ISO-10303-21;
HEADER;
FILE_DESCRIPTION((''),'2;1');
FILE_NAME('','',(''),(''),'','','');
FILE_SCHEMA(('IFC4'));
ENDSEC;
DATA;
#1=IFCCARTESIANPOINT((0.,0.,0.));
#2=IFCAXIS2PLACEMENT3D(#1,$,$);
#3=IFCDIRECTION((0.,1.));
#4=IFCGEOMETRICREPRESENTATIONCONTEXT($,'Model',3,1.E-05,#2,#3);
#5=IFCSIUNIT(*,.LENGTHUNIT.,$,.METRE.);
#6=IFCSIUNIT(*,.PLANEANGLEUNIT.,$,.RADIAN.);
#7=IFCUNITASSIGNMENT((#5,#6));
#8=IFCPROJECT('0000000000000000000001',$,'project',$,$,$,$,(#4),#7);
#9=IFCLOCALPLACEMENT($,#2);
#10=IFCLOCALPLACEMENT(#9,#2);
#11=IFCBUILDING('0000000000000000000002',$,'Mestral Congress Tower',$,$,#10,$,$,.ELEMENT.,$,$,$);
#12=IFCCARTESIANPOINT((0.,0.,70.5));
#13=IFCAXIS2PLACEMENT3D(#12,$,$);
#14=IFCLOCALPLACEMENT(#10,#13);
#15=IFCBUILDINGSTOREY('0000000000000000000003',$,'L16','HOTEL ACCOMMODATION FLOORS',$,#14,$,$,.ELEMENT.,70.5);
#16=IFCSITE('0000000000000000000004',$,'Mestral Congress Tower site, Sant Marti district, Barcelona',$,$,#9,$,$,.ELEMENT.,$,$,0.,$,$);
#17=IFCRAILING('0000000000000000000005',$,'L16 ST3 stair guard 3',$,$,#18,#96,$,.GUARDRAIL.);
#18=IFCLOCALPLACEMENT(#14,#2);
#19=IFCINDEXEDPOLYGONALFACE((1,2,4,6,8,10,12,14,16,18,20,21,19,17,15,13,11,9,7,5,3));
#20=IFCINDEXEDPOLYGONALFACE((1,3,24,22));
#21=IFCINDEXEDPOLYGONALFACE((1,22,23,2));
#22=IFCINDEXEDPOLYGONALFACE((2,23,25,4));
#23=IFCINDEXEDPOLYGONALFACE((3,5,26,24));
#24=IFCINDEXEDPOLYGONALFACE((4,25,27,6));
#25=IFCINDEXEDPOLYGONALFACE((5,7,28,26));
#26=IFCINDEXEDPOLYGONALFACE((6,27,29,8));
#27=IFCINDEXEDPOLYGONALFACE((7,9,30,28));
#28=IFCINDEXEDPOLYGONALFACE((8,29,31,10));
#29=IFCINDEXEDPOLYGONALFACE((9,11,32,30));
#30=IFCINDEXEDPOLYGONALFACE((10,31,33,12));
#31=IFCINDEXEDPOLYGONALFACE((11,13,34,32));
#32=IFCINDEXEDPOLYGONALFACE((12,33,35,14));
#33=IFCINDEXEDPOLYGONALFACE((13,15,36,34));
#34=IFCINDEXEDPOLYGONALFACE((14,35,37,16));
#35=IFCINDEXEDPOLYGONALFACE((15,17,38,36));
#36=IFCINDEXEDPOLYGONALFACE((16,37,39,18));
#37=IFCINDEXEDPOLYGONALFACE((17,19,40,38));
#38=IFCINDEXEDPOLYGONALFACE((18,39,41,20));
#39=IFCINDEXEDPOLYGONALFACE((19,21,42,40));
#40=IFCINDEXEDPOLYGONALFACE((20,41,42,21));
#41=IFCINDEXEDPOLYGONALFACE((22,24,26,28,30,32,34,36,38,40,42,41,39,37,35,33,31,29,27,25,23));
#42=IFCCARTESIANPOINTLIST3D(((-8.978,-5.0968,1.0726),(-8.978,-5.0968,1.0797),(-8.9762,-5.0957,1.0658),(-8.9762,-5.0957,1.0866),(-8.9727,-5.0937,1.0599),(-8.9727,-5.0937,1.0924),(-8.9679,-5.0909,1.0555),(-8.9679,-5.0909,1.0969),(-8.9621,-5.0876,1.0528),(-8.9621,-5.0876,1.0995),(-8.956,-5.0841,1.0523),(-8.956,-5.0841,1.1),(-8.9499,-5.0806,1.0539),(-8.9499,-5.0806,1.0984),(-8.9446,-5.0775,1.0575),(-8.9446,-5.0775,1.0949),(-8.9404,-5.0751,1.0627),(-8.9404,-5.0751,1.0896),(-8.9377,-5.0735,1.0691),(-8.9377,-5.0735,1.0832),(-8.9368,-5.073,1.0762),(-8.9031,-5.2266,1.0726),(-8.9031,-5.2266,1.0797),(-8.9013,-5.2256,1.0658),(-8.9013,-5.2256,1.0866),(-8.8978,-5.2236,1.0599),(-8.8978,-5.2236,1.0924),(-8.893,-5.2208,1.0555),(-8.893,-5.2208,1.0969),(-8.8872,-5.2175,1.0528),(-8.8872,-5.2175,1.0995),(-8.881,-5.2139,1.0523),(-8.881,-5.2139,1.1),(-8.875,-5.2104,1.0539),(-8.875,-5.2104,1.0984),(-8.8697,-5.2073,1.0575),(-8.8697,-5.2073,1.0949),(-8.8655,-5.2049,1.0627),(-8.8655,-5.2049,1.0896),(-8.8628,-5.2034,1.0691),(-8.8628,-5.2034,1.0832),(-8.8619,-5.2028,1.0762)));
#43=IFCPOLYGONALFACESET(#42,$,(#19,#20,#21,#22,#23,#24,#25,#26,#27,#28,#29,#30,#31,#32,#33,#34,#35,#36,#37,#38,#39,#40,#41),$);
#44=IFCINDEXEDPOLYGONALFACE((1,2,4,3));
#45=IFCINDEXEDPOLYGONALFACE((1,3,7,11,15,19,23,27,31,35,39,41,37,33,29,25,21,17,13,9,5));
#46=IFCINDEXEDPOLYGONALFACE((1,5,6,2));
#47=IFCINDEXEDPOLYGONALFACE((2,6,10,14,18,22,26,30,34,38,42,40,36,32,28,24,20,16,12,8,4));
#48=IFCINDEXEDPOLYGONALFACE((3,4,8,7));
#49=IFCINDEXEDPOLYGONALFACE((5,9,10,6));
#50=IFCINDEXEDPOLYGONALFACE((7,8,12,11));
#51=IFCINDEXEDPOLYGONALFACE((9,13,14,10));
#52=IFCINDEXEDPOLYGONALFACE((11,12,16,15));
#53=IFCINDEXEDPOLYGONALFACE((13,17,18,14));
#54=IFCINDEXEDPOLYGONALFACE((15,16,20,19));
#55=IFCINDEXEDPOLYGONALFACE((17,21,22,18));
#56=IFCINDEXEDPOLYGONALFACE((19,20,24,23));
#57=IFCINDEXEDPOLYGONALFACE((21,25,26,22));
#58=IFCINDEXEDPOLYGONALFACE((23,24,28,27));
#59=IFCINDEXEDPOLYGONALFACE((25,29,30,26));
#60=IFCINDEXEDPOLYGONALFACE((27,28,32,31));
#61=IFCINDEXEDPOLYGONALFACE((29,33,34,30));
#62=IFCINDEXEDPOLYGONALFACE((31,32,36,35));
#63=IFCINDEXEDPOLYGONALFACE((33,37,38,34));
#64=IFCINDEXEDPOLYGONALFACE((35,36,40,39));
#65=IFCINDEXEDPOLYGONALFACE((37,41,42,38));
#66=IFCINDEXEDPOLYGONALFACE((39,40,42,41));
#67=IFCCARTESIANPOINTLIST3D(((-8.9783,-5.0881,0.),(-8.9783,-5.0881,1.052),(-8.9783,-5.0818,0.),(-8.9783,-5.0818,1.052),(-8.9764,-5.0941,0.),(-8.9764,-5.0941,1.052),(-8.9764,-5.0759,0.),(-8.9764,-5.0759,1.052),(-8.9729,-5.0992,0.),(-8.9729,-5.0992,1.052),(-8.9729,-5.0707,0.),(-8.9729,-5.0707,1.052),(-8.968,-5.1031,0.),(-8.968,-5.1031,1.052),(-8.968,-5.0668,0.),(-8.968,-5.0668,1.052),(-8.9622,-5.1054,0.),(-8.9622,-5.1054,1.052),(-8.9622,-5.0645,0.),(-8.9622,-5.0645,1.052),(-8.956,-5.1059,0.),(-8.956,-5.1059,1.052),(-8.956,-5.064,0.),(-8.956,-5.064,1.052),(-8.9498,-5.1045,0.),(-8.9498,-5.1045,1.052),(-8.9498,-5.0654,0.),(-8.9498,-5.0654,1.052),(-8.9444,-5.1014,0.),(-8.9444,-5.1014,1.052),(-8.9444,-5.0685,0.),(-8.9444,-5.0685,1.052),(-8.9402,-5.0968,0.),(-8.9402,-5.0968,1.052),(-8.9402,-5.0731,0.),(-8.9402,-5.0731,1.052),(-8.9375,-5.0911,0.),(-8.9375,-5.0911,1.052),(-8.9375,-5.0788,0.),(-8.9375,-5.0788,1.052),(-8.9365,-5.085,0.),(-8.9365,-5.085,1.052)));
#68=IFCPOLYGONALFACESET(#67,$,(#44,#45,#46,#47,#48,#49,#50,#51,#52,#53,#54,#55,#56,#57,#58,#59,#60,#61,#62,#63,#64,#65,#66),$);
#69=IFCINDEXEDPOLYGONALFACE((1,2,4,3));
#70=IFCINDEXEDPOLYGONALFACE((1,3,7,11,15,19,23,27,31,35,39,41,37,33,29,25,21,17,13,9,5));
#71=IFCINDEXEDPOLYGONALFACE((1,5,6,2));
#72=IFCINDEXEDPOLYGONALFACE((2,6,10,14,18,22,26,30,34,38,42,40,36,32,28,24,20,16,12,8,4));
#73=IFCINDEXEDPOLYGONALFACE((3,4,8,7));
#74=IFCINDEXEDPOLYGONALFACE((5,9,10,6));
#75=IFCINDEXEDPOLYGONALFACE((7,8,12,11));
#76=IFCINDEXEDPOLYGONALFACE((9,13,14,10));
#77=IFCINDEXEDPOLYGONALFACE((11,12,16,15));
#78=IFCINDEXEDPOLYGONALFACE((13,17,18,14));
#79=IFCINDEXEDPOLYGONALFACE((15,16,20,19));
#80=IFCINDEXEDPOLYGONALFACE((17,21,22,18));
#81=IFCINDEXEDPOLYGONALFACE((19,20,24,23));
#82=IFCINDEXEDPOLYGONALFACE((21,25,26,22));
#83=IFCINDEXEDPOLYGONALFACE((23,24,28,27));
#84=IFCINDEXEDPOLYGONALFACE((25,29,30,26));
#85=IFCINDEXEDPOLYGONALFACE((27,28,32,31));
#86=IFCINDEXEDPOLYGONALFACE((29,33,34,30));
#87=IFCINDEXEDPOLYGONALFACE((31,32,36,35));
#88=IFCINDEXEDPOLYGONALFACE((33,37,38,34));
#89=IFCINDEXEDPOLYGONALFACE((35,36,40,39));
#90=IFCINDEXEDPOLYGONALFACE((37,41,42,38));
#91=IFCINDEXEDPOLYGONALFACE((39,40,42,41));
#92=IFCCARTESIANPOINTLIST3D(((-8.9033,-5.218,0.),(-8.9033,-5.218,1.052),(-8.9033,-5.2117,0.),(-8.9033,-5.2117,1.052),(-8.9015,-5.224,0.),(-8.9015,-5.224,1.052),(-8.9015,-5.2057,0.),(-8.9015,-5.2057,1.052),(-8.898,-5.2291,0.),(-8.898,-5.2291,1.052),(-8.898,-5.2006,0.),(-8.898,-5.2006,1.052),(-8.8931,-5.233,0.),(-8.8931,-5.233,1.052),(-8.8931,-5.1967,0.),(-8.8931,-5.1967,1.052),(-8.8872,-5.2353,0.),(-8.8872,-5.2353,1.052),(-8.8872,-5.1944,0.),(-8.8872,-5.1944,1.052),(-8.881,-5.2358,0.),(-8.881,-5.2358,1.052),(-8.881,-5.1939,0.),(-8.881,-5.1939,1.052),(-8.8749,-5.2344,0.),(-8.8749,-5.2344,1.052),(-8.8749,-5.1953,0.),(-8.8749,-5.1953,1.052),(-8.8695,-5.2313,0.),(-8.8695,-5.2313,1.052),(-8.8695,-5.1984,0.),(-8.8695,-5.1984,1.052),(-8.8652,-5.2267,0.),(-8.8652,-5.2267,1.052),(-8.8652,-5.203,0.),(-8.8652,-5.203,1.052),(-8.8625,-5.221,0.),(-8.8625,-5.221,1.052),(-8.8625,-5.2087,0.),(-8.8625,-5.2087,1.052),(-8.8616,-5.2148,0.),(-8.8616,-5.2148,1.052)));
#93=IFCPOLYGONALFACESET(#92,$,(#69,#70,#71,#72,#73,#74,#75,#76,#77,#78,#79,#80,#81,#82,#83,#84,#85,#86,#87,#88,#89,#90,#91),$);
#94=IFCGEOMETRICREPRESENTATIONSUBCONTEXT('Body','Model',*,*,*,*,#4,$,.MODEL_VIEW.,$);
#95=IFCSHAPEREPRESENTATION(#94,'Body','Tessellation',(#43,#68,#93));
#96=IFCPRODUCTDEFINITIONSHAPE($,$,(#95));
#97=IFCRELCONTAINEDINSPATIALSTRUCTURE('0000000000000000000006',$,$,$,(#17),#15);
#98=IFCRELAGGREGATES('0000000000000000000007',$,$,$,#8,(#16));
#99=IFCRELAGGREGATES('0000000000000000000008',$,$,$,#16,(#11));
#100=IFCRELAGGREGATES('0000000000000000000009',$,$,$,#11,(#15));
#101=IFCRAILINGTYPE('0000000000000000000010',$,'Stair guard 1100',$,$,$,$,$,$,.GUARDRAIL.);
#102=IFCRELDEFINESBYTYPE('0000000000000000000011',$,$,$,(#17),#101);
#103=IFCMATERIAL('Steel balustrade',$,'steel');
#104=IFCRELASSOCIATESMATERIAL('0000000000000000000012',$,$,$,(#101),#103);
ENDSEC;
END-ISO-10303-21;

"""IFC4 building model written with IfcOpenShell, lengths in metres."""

from ifc_helpers import new_model, si_unit, direction, frame, origin, origin_2d, place, context, subcontext, project, spatial, circle, extrude, material, type_object, element, save


model = new_model("IFC4")

# Units and contexts
model_context = context("Model", 3, precision=1e-05, world=origin(), true_north=direction((0.0, 1.0)))
body_context = subcontext(model_context, "Body", "Model", "MODEL_VIEW")
ifc_project = project(units=[si_unit("LENGTHUNIT", "METRE"), si_unit("PLANEANGLEUNIT", "RADIAN")], contexts=[model_context])

# Site, building, storey
site_placement = place(None, origin())
site = spatial("IfcSite", under=ifc_project, at=site_placement, Name="Mestral Congress Tower site, Sant Marti district, Barcelona", CompositionType="ELEMENT", RefElevation=0.0)
building_placement = place(site_placement, origin())
building = spatial("IfcBuilding", under=site, at=building_placement, Name="Mestral Congress Tower", CompositionType="ELEMENT")
storey_placement = place(building_placement, frame((0.0, 0.0, 70.5)))
storey = spatial("IfcBuildingStorey", under=building, at=storey_placement, Name="L16", Description="HOTEL ACCOMMODATION FLOORS", CompositionType="ELEMENT", Elevation=70.5)

# Railing
ifc_material_1 = material(Name="Steel balustrade", Category="steel")
railing_type_1 = type_object("IfcRailingType", Name="Stair guard 1100", PredefinedType="GUARDRAIL", material=ifc_material_1)
railing_1_placement = place(storey_placement, frame((-8.9575, -5.085, 0.0)))
element("IfcRailing", 1, at=railing_1_placement, inside=storey, type_object=railing_type_1, Name="L16 ST3 stair guard 3", PredefinedType="GUARDRAIL", context=body_context, shape_type="SweptSolid", body=[
    extrude(circle(Radius=0.0239, at=origin_2d()), frame((0.0, 0.0, 1.0762), z_axis=(0.499816, -0.866131, 0.0), x_axis=(0.866131, 0.499816, 0.0)), (0.0, 0.0, 1.0), 0.1499),
    extrude(circle(Radius=0.021, at=origin_2d()), origin(), (0.0, 0.0, 1.0), 1.052),
    extrude(circle(Radius=0.021, at=origin_2d()), frame((0.075, -0.1299, 0.0)), (0.0, 0.0, 1.0), 1.052),
])

save(model, "model.ifc")
